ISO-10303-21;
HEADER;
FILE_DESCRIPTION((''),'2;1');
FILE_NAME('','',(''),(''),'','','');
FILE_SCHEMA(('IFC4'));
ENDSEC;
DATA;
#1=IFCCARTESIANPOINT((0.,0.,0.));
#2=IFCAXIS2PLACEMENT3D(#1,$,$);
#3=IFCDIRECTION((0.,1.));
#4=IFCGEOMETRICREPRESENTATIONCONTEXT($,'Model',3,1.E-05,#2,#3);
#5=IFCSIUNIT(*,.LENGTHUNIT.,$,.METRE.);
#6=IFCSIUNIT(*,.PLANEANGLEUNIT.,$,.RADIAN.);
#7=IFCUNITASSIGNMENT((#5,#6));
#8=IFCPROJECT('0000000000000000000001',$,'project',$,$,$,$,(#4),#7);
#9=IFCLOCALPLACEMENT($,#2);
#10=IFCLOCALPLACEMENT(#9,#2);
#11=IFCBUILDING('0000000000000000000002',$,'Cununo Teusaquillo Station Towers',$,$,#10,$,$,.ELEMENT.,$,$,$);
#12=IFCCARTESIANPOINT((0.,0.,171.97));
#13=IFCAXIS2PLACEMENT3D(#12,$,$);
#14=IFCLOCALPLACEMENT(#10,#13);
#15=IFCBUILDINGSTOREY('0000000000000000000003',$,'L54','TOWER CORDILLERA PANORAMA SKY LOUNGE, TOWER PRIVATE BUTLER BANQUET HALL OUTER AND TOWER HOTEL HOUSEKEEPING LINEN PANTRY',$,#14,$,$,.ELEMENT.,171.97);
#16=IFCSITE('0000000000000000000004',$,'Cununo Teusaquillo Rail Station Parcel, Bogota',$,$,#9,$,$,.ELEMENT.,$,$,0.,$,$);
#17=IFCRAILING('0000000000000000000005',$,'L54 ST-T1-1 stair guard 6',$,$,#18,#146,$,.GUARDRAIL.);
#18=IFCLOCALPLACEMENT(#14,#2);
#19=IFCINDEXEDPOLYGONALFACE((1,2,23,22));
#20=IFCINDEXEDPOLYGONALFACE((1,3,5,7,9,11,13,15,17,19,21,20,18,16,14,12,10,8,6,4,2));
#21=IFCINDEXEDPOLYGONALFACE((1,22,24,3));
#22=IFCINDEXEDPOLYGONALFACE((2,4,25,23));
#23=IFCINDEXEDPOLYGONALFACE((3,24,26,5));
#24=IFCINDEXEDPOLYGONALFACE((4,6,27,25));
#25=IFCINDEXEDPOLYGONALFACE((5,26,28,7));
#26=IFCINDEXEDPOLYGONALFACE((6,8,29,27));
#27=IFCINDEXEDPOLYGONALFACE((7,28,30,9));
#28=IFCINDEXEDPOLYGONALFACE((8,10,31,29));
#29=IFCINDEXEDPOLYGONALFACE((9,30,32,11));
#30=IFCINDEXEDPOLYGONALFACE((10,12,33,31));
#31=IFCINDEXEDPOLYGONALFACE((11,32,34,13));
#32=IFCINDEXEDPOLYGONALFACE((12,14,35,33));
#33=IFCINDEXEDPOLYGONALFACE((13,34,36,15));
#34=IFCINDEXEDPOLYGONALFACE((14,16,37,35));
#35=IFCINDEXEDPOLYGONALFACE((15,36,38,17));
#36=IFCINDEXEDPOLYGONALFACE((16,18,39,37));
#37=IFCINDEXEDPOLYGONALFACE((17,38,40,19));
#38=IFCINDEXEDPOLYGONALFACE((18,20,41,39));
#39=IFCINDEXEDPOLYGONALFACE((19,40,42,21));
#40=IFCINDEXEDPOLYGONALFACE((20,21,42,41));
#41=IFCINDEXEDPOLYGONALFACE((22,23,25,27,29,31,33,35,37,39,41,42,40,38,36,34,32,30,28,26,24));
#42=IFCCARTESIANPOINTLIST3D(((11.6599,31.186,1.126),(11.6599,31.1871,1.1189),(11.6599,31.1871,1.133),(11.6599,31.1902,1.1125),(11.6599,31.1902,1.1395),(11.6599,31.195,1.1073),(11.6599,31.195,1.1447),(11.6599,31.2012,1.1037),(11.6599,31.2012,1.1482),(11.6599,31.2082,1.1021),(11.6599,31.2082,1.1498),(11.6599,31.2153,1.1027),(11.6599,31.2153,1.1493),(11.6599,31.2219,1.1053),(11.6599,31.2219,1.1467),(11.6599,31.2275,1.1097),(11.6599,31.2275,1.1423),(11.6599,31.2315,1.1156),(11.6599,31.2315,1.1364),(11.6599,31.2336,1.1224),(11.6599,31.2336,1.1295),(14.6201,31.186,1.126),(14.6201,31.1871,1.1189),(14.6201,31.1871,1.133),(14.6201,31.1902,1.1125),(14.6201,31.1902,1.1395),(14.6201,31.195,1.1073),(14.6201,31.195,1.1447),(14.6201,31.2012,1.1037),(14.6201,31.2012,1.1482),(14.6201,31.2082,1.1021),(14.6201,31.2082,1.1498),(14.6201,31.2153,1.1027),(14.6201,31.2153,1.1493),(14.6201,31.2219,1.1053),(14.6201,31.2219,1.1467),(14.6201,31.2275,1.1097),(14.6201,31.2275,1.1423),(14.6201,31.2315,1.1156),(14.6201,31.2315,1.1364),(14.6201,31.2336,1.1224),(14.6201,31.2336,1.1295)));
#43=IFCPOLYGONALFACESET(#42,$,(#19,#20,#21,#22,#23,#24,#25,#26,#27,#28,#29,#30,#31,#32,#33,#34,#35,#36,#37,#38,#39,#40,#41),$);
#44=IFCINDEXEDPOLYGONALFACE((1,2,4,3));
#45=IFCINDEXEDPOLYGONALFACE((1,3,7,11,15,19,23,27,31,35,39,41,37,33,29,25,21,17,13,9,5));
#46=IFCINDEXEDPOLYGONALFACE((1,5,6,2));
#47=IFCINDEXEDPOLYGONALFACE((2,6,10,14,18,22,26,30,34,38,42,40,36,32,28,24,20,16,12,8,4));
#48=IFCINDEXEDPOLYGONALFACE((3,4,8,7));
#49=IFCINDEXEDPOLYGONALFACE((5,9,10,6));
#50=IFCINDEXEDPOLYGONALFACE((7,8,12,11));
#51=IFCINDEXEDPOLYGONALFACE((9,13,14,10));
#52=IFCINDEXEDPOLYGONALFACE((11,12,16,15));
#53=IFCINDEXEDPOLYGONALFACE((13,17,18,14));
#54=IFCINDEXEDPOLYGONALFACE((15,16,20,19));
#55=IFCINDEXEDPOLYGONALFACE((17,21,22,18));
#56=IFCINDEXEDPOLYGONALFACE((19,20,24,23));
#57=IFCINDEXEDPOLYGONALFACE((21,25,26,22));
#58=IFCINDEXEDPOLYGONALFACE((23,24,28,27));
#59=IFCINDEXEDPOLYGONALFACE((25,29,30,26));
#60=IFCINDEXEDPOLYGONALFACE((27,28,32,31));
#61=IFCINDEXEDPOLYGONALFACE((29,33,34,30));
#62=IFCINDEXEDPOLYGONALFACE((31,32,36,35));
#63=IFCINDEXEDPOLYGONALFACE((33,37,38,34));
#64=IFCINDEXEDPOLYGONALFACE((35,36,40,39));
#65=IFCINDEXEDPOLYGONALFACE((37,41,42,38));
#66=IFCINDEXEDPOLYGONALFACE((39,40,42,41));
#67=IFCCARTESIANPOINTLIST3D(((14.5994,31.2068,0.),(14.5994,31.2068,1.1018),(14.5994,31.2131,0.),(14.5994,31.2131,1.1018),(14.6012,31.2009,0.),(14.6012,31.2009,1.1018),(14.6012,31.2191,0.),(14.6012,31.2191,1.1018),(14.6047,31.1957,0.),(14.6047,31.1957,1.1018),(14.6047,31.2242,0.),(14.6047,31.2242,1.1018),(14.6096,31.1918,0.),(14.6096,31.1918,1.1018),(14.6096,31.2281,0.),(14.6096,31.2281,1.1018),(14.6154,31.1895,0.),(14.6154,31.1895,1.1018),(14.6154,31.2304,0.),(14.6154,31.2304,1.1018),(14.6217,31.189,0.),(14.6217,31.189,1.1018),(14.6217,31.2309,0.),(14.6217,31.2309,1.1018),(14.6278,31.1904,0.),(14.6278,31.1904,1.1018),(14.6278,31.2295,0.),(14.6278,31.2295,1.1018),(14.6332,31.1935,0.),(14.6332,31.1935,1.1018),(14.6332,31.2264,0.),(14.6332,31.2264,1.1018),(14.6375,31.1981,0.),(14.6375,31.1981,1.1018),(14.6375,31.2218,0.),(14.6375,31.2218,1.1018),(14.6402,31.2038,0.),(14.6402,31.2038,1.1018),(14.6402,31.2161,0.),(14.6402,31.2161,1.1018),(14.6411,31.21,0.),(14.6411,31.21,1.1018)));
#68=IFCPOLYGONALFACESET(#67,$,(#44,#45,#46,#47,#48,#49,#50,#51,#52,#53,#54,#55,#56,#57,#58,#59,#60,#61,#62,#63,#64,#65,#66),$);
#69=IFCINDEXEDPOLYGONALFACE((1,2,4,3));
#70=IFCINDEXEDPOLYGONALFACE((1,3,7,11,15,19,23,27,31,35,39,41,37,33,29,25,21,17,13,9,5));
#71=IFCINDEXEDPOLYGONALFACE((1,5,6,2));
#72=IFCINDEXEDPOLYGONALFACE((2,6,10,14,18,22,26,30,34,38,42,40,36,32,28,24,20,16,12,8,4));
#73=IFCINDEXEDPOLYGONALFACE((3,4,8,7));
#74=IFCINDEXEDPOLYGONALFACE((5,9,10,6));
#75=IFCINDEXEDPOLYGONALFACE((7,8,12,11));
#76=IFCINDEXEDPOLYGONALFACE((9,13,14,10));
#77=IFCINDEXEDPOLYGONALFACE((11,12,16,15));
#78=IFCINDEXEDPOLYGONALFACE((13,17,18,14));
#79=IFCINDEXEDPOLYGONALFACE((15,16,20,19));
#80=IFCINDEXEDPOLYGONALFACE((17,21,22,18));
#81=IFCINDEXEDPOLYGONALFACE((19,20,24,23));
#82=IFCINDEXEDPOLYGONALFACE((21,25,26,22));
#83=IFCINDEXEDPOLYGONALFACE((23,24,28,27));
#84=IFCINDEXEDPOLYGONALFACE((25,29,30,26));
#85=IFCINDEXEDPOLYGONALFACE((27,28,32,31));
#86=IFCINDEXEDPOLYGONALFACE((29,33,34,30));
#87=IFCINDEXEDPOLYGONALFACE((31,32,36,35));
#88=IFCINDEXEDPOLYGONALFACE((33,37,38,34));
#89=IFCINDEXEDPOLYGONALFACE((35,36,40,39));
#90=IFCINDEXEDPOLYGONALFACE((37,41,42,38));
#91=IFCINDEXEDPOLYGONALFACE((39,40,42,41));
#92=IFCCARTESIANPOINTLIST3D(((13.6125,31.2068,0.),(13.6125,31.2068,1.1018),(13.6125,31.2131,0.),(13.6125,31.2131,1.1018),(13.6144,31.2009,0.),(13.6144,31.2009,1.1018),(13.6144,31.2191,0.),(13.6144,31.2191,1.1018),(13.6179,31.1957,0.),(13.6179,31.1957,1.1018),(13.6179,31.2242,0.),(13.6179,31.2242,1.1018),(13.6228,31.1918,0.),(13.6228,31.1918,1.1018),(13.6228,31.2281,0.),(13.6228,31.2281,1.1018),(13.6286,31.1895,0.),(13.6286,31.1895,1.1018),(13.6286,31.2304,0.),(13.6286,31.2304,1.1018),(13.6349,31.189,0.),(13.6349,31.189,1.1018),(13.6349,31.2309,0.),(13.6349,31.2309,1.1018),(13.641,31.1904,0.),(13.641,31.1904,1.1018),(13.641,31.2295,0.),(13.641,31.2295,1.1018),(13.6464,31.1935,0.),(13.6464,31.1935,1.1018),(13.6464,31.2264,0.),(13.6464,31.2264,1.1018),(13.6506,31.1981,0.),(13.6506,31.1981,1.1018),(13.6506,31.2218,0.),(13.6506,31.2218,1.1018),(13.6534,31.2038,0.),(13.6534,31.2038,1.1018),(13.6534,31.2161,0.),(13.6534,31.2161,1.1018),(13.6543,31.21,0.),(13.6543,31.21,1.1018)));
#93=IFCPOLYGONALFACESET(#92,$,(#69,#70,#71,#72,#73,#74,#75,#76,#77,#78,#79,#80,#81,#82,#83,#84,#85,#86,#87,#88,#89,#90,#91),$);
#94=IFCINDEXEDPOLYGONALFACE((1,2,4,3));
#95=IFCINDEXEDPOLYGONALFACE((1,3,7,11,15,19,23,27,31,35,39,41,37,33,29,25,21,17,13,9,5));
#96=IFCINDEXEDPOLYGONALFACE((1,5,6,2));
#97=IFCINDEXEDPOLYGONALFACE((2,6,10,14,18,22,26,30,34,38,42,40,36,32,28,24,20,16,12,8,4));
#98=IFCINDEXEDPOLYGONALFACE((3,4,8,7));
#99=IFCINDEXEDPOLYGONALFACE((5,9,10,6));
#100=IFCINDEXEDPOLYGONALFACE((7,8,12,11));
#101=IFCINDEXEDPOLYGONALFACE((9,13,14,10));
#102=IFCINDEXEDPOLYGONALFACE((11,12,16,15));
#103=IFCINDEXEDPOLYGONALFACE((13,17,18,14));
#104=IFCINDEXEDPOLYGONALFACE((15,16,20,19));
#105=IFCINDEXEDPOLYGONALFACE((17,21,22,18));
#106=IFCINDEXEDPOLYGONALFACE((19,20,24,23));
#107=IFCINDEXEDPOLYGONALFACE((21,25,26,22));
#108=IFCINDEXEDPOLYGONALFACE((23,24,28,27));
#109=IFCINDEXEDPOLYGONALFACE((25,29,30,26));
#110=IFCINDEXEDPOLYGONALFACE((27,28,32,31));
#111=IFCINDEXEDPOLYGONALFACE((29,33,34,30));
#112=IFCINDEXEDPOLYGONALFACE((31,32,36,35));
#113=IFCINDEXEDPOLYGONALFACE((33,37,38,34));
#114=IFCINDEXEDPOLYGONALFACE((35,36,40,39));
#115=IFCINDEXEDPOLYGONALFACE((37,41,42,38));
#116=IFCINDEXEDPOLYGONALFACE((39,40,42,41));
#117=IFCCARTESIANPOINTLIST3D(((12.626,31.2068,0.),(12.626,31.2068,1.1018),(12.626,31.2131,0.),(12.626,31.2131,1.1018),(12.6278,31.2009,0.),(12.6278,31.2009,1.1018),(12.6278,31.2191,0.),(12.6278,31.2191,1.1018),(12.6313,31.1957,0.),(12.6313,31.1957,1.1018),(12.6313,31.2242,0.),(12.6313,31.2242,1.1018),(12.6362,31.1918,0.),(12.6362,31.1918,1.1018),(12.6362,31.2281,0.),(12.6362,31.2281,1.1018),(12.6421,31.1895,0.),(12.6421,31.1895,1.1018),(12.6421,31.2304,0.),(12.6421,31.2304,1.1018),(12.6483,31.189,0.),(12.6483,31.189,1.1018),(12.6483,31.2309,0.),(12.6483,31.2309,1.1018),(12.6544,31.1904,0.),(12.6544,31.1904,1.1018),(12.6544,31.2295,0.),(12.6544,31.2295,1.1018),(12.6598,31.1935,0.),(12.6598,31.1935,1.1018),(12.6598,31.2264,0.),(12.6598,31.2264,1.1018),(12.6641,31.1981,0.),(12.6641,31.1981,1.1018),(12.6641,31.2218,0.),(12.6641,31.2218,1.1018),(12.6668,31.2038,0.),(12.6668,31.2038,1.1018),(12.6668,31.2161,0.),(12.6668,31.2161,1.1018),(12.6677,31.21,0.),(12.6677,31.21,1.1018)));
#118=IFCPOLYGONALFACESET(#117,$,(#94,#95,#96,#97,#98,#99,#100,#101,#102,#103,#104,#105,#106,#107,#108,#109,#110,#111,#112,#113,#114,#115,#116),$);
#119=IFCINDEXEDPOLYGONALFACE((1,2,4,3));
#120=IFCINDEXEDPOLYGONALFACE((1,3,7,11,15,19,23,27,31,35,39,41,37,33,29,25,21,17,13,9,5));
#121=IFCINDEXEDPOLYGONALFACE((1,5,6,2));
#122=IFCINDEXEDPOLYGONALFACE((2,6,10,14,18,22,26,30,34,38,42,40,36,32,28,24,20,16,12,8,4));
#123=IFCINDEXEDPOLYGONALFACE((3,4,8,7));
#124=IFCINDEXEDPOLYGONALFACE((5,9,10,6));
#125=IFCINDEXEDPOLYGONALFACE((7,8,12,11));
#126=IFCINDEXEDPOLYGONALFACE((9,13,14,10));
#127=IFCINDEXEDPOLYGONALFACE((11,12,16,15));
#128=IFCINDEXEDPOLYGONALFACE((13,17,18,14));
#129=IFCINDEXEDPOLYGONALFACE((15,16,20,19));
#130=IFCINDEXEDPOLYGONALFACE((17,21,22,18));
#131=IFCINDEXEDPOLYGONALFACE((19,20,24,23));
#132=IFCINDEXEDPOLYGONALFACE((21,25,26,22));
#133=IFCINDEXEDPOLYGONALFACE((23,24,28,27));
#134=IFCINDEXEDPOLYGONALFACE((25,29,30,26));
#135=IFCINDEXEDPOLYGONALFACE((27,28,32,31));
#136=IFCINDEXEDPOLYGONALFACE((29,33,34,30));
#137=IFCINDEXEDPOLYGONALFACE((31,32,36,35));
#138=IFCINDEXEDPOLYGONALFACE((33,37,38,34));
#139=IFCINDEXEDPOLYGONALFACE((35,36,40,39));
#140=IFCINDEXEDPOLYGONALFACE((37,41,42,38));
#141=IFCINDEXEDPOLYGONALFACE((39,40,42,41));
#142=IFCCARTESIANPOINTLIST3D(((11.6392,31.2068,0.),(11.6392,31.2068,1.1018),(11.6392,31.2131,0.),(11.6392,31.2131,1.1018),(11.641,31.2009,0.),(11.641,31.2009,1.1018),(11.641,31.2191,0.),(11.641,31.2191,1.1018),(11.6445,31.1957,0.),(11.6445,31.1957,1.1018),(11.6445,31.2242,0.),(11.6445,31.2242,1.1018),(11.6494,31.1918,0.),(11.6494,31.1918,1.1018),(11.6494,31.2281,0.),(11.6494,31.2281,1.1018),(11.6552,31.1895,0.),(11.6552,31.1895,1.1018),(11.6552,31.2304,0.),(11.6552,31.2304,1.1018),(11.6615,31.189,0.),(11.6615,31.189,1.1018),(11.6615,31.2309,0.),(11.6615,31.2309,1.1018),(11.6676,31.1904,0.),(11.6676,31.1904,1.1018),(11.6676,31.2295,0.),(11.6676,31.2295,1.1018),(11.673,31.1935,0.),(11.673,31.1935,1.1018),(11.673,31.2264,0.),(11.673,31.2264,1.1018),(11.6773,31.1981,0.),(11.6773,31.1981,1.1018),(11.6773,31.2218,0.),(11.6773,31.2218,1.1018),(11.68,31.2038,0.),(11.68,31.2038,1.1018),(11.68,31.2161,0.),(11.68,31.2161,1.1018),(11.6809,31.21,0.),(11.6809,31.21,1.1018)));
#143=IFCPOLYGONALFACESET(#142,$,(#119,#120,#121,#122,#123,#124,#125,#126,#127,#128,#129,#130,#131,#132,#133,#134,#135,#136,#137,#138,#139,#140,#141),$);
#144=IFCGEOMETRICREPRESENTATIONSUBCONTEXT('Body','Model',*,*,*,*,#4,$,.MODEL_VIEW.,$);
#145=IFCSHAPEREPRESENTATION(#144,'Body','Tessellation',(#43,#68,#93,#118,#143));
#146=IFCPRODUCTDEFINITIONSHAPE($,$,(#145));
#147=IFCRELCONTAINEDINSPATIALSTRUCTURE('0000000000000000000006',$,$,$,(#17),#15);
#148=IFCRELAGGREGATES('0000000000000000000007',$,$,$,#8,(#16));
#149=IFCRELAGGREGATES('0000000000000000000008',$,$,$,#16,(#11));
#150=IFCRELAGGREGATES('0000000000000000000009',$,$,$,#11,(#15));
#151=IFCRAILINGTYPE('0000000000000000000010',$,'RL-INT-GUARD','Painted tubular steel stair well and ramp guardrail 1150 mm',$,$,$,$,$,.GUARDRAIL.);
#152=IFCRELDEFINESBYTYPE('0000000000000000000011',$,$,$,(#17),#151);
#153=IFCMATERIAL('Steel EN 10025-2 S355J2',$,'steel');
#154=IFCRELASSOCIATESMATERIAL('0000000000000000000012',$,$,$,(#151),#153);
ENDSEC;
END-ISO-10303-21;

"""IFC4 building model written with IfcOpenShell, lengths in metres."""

from ifc_helpers import new_model, si_unit, direction, frame, origin, origin_2d, place, context, subcontext, project, spatial, circle, extrude, material, type_object, element, save


model = new_model("IFC4")

# Units and contexts
model_context = context("Model", 3, precision=1e-05, world=origin(), true_north=direction((0.0, 1.0)))
body_context = subcontext(model_context, "Body", "Model", "MODEL_VIEW")
ifc_project = project(units=[si_unit("LENGTHUNIT", "METRE"), si_unit("PLANEANGLEUNIT", "RADIAN")], contexts=[model_context])

# Site, building, storey
site_placement = place(None, origin())
site = spatial("IfcSite", under=ifc_project, at=site_placement, Name="Cununo Teusaquillo Rail Station Parcel, Bogota", CompositionType="ELEMENT", RefElevation=0.0)
building_placement = place(site_placement, origin())
building = spatial("IfcBuilding", under=site, at=building_placement, Name="Cununo Teusaquillo Station Towers", CompositionType="ELEMENT")
storey_placement = place(building_placement, frame((0.0, 0.0, 171.97)))
storey = spatial("IfcBuildingStorey", under=building, at=storey_placement, Name="L54", Description="TOWER CORDILLERA PANORAMA SKY LOUNGE, TOWER PRIVATE BUTLER BANQUET HALL OUTER AND TOWER HOTEL HOUSEKEEPING LINEN PANTRY", CompositionType="ELEMENT", Elevation=171.97)

# Railing
ifc_material_1 = material(Name="Steel EN 10025-2 S355J2", Category="steel")
railing_type_1 = type_object("IfcRailingType", Name="RL-INT-GUARD", Description="Painted tubular steel stair well and ramp guardrail 1150 mm", PredefinedType="GUARDRAIL", material=ifc_material_1)
railing_1_placement = place(storey_placement, frame((14.6201, 31.21, 0.0)))
element("IfcRailing", 1, at=railing_1_placement, inside=storey, type_object=railing_type_1, Name="L54 ST-T1-1 stair guard 6", PredefinedType="GUARDRAIL", context=body_context, shape_type="SweptSolid", body=[
    extrude(circle(Radius=0.0239, at=origin_2d()), frame((0.0, 0.0, 1.126), z_axis=(-1.0, 0.0, 0.0), x_axis=(0.0, -1.0, 0.0)), (0.0, 0.0, 1.0), 2.9602),
    extrude(circle(Radius=0.021, at=origin_2d()), origin(), (0.0, 0.0, 1.0), 1.1018),
    extrude(circle(Radius=0.021, at=origin_2d()), frame((-0.9868, 0.0, 0.0)), (0.0, 0.0, 1.0), 1.1018),
    extrude(circle(Radius=0.021, at=origin_2d()), frame((-1.9734, 0.0, 0.0)), (0.0, 0.0, 1.0), 1.1018),
    extrude(circle(Radius=0.021, at=origin_2d()), frame((-2.9602, 0.0, 0.0)), (0.0, 0.0, 1.0), 1.1018),
])

save(model, "model.ifc")
